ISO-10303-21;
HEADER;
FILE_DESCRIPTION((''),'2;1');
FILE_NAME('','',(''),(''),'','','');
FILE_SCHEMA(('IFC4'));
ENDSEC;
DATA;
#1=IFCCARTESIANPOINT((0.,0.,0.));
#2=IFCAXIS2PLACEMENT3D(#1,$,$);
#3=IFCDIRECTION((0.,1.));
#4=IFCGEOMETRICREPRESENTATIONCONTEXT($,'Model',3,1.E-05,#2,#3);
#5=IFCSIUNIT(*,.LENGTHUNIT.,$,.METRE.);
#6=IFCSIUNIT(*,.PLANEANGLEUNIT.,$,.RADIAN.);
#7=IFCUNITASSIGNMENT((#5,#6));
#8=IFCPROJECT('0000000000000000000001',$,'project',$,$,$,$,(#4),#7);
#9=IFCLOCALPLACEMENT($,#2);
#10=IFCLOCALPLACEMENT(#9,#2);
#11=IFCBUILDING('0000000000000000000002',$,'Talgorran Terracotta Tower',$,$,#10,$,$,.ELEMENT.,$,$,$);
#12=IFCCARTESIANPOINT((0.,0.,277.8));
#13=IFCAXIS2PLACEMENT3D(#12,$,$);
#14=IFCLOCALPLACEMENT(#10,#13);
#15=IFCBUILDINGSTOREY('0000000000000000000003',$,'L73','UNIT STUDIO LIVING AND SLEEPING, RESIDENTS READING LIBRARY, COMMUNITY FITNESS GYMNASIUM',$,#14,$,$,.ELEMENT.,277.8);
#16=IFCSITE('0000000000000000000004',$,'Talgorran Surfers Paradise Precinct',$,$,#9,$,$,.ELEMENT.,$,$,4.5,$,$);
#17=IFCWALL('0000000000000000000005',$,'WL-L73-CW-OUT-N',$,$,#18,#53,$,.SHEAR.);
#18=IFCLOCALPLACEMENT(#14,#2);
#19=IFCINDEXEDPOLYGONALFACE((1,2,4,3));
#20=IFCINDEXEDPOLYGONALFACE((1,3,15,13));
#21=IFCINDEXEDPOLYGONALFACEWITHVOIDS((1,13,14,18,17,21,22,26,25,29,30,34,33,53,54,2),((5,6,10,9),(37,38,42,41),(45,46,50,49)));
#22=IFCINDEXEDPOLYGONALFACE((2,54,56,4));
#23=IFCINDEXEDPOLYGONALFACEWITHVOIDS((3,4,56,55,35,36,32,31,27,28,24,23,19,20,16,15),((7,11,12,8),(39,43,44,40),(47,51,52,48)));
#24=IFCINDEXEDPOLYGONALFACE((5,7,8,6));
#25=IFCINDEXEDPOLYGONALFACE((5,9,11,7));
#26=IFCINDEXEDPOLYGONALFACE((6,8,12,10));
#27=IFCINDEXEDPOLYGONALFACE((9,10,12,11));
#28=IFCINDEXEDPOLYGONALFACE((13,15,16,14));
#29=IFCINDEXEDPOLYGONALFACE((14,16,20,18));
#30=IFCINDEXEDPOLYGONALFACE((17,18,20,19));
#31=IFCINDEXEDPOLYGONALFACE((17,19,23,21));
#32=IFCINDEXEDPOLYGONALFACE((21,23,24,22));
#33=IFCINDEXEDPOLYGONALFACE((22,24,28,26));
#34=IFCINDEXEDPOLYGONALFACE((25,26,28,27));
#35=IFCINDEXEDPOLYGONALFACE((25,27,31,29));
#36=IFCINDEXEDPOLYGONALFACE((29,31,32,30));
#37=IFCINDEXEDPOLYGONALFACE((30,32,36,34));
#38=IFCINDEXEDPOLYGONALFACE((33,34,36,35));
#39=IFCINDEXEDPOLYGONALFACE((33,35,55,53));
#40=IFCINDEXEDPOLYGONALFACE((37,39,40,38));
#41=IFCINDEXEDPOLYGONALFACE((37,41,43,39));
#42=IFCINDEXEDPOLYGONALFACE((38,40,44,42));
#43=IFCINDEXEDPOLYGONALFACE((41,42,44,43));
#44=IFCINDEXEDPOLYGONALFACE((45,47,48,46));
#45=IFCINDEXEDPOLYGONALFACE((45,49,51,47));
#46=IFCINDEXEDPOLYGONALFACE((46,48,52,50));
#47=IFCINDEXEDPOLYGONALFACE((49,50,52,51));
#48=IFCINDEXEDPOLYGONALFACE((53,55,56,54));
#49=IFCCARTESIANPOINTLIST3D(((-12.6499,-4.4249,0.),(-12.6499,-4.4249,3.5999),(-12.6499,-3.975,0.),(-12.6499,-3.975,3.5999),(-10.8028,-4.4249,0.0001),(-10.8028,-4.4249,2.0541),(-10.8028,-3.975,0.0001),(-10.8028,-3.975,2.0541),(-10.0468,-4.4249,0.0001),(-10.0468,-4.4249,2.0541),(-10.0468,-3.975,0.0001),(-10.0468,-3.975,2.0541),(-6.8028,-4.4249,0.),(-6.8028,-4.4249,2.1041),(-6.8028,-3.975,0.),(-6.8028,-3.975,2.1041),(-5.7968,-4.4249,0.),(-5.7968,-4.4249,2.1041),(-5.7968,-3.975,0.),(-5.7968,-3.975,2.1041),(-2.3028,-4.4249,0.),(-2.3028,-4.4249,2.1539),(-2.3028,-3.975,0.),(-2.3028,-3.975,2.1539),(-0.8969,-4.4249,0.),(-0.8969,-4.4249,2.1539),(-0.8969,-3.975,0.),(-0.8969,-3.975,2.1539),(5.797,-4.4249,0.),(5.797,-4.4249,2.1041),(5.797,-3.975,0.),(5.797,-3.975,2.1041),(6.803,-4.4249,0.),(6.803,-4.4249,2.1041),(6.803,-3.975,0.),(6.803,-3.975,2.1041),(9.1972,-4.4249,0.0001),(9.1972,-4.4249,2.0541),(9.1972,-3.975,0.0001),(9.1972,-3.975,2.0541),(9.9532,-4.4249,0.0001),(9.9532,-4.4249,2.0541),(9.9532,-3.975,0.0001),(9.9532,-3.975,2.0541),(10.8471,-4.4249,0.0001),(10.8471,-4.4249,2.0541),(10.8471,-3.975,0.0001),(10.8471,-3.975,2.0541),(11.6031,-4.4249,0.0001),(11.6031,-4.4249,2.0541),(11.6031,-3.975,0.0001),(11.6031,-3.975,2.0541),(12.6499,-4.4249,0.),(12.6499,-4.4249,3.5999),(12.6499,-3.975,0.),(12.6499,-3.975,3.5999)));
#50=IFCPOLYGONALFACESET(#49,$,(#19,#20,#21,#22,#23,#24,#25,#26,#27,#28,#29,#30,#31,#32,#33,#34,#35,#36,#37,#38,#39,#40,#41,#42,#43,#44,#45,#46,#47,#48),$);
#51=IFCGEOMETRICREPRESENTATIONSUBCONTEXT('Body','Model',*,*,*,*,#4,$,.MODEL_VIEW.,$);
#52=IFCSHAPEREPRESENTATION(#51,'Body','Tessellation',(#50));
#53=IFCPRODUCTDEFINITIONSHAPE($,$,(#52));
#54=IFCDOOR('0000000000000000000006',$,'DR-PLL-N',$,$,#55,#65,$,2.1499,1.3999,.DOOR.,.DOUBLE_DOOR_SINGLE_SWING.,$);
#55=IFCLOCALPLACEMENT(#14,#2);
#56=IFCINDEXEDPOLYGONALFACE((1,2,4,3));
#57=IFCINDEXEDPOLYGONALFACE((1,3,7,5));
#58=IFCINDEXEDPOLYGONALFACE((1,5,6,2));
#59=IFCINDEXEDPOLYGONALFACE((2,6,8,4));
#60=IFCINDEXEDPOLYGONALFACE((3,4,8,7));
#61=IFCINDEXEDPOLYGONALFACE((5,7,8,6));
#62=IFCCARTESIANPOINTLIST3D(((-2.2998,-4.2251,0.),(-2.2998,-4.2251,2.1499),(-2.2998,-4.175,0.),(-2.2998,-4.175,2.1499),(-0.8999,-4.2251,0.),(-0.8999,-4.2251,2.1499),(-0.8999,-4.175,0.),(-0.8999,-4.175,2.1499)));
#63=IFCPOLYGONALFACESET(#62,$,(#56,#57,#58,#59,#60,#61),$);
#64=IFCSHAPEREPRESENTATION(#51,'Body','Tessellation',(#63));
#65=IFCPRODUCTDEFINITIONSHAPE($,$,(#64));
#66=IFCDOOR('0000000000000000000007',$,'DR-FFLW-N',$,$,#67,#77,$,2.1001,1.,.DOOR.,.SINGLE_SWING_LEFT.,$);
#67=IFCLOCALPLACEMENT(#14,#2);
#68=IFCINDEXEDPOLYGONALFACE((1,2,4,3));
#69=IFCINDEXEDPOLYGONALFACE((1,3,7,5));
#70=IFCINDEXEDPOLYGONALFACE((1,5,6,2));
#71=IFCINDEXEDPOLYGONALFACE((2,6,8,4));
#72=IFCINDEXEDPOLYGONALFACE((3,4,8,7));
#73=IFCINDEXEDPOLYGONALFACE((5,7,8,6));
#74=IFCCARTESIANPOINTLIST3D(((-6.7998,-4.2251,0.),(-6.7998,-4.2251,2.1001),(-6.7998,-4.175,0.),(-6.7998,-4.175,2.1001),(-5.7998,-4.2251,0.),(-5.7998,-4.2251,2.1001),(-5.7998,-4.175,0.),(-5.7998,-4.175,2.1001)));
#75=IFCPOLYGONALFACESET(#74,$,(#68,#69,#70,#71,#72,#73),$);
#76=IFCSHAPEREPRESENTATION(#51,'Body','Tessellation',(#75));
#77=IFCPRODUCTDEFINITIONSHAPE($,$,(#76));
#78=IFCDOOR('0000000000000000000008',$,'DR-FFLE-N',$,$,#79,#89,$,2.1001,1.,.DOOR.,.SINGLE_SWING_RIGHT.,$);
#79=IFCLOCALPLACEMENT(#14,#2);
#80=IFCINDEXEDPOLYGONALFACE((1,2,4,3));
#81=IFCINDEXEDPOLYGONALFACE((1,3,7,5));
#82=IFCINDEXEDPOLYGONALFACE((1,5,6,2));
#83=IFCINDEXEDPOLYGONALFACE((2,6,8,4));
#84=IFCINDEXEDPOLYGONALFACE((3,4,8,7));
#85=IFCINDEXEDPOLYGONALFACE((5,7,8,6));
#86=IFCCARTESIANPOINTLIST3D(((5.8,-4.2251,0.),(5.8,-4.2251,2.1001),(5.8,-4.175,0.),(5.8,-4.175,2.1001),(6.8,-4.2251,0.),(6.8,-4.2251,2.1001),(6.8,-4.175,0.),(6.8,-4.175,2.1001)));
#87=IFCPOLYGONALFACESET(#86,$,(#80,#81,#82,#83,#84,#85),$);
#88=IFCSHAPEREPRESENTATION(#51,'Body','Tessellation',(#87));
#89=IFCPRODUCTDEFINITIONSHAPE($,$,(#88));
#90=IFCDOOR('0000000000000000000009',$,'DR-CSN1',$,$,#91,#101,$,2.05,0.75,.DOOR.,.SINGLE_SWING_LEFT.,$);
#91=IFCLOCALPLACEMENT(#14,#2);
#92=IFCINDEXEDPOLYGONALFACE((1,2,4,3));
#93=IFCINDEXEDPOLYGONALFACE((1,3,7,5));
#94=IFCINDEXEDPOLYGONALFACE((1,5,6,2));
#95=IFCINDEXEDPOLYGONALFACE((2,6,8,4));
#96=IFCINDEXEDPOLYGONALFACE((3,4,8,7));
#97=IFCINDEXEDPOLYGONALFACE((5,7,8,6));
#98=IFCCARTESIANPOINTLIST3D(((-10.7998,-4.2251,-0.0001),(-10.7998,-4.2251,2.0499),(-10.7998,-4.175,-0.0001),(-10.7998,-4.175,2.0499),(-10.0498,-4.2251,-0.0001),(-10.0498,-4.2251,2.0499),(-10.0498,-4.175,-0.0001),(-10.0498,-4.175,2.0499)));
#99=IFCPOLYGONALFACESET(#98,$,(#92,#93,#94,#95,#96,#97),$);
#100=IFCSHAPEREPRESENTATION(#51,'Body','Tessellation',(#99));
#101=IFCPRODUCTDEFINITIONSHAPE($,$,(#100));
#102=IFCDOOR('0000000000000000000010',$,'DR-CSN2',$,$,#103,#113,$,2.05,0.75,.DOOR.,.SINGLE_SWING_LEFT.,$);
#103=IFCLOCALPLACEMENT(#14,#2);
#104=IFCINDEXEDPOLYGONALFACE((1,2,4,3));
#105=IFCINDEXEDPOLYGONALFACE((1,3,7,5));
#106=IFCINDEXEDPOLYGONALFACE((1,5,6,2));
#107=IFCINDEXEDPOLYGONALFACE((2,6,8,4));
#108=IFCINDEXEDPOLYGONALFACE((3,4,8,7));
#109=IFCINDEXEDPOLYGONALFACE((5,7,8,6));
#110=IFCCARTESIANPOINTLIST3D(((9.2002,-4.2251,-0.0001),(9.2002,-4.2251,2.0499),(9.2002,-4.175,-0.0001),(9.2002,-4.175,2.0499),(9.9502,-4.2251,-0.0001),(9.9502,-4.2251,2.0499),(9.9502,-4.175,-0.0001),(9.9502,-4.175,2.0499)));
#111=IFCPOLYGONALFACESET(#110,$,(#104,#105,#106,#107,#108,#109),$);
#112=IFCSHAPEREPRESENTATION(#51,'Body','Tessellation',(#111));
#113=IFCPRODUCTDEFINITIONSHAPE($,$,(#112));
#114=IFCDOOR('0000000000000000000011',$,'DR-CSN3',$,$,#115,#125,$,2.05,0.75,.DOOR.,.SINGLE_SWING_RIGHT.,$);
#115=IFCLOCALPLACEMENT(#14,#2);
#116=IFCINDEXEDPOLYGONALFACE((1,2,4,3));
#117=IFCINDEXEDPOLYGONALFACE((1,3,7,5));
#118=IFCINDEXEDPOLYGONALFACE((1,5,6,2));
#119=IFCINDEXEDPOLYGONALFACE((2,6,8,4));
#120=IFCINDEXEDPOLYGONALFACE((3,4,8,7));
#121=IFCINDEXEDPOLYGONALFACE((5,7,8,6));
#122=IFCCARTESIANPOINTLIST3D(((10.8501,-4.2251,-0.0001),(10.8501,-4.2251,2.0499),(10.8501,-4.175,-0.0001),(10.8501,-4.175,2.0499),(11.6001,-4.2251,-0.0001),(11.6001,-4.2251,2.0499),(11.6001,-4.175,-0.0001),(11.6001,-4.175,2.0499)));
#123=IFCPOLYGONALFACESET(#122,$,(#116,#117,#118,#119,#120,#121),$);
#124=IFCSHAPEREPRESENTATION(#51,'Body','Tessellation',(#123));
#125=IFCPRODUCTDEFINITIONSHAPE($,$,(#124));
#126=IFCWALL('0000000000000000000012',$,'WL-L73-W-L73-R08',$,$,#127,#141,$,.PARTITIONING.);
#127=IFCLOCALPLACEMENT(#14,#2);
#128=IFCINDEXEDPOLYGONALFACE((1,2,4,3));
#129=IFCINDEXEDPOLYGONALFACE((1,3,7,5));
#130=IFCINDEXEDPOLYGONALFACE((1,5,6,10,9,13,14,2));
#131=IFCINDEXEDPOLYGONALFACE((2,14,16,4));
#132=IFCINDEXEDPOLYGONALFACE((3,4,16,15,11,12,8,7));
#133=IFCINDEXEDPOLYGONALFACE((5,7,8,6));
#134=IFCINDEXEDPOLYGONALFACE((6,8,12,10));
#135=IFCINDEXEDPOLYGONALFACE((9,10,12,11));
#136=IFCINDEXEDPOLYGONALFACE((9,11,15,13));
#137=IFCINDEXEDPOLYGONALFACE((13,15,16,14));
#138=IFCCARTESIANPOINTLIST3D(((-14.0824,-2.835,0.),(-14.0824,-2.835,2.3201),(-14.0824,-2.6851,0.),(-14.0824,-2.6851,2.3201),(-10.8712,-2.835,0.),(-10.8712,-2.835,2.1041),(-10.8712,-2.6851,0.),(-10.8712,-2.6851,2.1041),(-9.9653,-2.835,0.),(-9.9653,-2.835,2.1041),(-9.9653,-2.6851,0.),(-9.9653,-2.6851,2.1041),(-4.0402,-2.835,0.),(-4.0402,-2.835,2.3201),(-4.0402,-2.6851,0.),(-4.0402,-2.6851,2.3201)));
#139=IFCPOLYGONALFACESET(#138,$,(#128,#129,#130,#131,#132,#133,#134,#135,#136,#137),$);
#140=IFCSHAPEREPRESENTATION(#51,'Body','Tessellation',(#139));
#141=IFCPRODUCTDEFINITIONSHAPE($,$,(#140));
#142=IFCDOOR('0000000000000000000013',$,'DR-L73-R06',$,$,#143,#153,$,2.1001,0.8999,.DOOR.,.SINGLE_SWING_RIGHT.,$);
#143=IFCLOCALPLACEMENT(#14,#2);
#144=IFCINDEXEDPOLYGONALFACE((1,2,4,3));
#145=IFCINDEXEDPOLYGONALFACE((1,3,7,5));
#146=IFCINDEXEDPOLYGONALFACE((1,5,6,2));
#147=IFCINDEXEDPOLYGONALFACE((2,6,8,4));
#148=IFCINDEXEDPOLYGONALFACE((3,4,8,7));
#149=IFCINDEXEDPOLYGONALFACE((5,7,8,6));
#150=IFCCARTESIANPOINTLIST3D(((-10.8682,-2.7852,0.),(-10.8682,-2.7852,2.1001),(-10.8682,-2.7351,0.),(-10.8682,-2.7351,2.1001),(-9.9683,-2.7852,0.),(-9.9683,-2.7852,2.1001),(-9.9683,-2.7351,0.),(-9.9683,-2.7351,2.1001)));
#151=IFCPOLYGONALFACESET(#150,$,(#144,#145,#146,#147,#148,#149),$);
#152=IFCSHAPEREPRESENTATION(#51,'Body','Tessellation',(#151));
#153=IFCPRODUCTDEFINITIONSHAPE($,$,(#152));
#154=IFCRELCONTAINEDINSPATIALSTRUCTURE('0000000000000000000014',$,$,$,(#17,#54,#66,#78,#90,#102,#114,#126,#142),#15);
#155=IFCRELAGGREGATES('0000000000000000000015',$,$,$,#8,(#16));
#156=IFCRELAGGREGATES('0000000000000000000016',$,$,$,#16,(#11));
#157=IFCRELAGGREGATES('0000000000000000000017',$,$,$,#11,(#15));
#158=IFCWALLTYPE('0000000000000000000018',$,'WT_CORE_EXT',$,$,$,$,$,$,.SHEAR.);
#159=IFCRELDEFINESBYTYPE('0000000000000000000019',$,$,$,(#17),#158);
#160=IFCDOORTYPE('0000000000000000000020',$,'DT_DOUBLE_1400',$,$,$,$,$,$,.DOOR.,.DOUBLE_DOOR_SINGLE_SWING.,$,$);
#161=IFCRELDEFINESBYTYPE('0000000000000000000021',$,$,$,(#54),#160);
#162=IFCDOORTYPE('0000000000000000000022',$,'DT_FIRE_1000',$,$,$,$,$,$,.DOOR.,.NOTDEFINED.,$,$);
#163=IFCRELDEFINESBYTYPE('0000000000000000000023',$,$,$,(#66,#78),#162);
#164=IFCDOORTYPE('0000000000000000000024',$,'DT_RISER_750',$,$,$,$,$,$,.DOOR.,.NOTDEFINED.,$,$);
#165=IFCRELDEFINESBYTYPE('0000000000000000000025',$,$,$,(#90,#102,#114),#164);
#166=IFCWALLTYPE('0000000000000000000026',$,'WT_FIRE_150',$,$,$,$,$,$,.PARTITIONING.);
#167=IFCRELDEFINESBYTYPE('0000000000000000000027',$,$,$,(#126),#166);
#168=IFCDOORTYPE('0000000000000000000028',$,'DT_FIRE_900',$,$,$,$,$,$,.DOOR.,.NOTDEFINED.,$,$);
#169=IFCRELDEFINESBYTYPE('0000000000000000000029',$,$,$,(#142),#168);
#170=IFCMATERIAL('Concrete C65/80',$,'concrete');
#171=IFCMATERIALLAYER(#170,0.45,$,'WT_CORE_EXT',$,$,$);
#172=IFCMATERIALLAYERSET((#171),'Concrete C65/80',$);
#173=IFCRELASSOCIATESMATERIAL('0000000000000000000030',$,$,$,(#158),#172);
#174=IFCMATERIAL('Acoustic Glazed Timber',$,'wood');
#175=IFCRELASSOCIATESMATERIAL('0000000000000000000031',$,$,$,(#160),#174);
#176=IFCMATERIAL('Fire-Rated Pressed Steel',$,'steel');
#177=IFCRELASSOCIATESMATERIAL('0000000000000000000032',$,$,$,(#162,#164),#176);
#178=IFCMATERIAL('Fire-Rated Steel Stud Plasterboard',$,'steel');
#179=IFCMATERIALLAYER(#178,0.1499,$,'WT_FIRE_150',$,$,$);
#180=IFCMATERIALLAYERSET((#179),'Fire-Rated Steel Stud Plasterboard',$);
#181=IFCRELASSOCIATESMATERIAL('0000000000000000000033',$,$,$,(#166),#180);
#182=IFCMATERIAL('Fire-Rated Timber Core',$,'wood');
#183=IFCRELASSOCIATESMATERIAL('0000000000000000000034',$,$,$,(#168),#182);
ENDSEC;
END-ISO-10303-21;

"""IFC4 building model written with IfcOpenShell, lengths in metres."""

from ifc_helpers import new_model, si_unit, direction, frame, frame_2d, origin, place, context, subcontext, project, spatial, rectangle, extrude, material, layer, layer_set, type_object, element, fill, save


model = new_model("IFC4")

# Units and contexts
model_context = context("Model", 3, precision=1e-05, world=origin(), true_north=direction((0.0, 1.0)))
body_context = subcontext(model_context, "Body", "Model", "MODEL_VIEW")
ifc_project = project(units=[si_unit("LENGTHUNIT", "METRE"), si_unit("PLANEANGLEUNIT", "RADIAN")], contexts=[model_context])

# Site, building, storey
site_placement = place(None, origin())
site = spatial("IfcSite", under=ifc_project, at=site_placement, Name="Talgorran Surfers Paradise Precinct", CompositionType="ELEMENT", RefElevation=4.5)
building_placement = place(site_placement, origin())
building = spatial("IfcBuilding", under=site, at=building_placement, Name="Talgorran Terracotta Tower", CompositionType="ELEMENT")
storey_placement = place(building_placement, frame((0.0, 0.0, 277.8)))
storey = spatial("IfcBuildingStorey", under=building, at=storey_placement, Name="L73", Description="UNIT STUDIO LIVING AND SLEEPING, RESIDENTS READING LIBRARY, COMMUNITY FITNESS GYMNASIUM", CompositionType="ELEMENT", Elevation=277.8)

# Wall, openings, doors
ifc_material_1 = material(Name="Concrete C65/80", Category="concrete")
ifc_layer_1 = layer(ifc_material_1, 0.45, Name="WT_CORE_EXT")
ifc_layer_set_1 = layer_set([ifc_layer_1], Name="Concrete C65/80")
wall_type_1 = type_object("IfcWallType", Name="WT_CORE_EXT", PredefinedType="SHEAR", material=ifc_layer_set_1)
wall_1_placement = place(storey_placement, frame((-12.6499, -4.2, 0.0), z_axis=(0.0, 0.0, 1.0), x_axis=(1.0, 0.0, 0.0)))
wall_1 = element("IfcWall", 1, at=wall_1_placement, inside=storey, type_object=wall_type_1, Name="WL-L73-CW-OUT-N", PredefinedType="SHEAR", context=body_context, shape_type="SweptSolid", body=[
    extrude(rectangle(XDim=25.2998, YDim=0.45, at=frame_2d((12.6499, 0.0))), origin(), (0.0, 0.0, 1.0), 3.5999),
])
opening_1_placement = place(wall_1_placement, frame((1.8501, 0.0, 0.0)))
opening_1 = element("IfcOpeningElement", 2, at=opening_1_placement, cuts=wall_1, PredefinedType="OPENING", context=body_context, shape_type="SweptSolid", body=[
    extrude(rectangle(XDim=0.756, YDim=2.054, at=frame_2d((0.375, 1.0271))), frame((0.0, 0.2349, 0.0), z_axis=(0.0, -1.0, 0.0), x_axis=(1.0, 0.0, 0.0)), (0.0, 0.0, 1.0), 0.47),
])
opening_2_placement = place(wall_1_placement, frame((21.8501, 0.0, 0.0)))
opening_2 = element("IfcOpeningElement", 3, at=opening_2_placement, cuts=wall_1, PredefinedType="OPENING", context=body_context, shape_type="SweptSolid", body=[
    extrude(rectangle(XDim=0.756, YDim=2.054, at=frame_2d((0.375, 1.0271))), frame((0.0, 0.2349, 0.0), z_axis=(0.0, -1.0, 0.0), x_axis=(1.0, 0.0, 0.0)), (0.0, 0.0, 1.0), 0.47),
])
opening_3_placement = place(wall_1_placement, frame((23.5, 0.0, 0.0)))
opening_3 = element("IfcOpeningElement", 4, at=opening_3_placement, cuts=wall_1, PredefinedType="OPENING", context=body_context, shape_type="SweptSolid", body=[
    extrude(rectangle(XDim=0.756, YDim=2.054, at=frame_2d((0.375, 1.0271))), frame((0.0, 0.2349, 0.0), z_axis=(0.0, -1.0, 0.0), x_axis=(1.0, 0.0, 0.0)), (0.0, 0.0, 1.0), 0.47),
])
opening_4_placement = place(wall_1_placement, frame((5.8501, 0.0, 0.0)))
opening_4 = element("IfcOpeningElement", 5, at=opening_4_placement, cuts=wall_1, PredefinedType="OPENING", context=body_context, shape_type="SweptSolid", body=[
    extrude(rectangle(XDim=1.006, YDim=2.1041, at=frame_2d((0.5, 1.052))), frame((0.0, 0.2349, 0.0), z_axis=(0.0, -1.0, 0.0), x_axis=(1.0, 0.0, 0.0)), (0.0, 0.0, 1.0), 0.47),
])
opening_5_placement = place(wall_1_placement, frame((10.3501, 0.0, 0.0)))
opening_5 = element("IfcOpeningElement", 6, at=opening_5_placement, cuts=wall_1, PredefinedType="OPENING", context=body_context, shape_type="SweptSolid", body=[
    extrude(rectangle(XDim=1.4059, YDim=2.1539, at=frame_2d((0.7, 1.0769))), frame((0.0, 0.2349, 0.0), z_axis=(0.0, -1.0, 0.0), x_axis=(1.0, 0.0, 0.0)), (0.0, 0.0, 1.0), 0.47),
])
opening_6_placement = place(wall_1_placement, frame((18.45, 0.0, 0.0)))
opening_6 = element("IfcOpeningElement", 7, at=opening_6_placement, cuts=wall_1, PredefinedType="OPENING", context=body_context, shape_type="SweptSolid", body=[
    extrude(rectangle(XDim=1.006, YDim=2.1041, at=frame_2d((0.5, 1.052))), frame((0.0, 0.2349, 0.0), z_axis=(0.0, -1.0, 0.0), x_axis=(1.0, 0.0, 0.0)), (0.0, 0.0, 1.0), 0.47),
])
ifc_material_2 = material(Name="Acoustic Glazed Timber", Category="wood")
door_type_1 = type_object("IfcDoorType", Name="DT_DOUBLE_1400", OperationType="DOUBLE_DOOR_SINGLE_SWING", PredefinedType="DOOR", material=ifc_material_2)
door_1_placement = place(opening_5_placement, origin())
door_1 = element("IfcDoor", 8, at=door_1_placement, inside=storey, type_object=door_type_1, Name="DR-PLL-N", OperationType="DOUBLE_DOOR_SINGLE_SWING", OverallHeight=2.1499, OverallWidth=1.3999, PredefinedType="DOOR", context=body_context, shape_type="SweptSolid", body=[
    extrude(rectangle(XDim=1.3999, YDim=2.1499, at=frame_2d((0.7, 1.075))), frame((0.0, 0.0249, 0.0), z_axis=(0.0, -1.0, 0.0), x_axis=(1.0, 0.0, 0.0)), (0.0, 0.0, 1.0), 0.05),
])
fill(opening_5, door_1)
ifc_material_3 = material(Name="Fire-Rated Pressed Steel", Category="steel")
door_type_2 = type_object("IfcDoorType", Name="DT_FIRE_1000", OperationType="NOTDEFINED", PredefinedType="DOOR", material=ifc_material_3)
door_2_placement = place(opening_4_placement, origin())
door_2 = element("IfcDoor", 9, at=door_2_placement, inside=storey, type_object=door_type_2, Name="DR-FFLW-N", OperationType="SINGLE_SWING_LEFT", OverallHeight=2.1001, OverallWidth=1.0, PredefinedType="DOOR", context=body_context, shape_type="SweptSolid", body=[
    extrude(rectangle(XDim=1.0, YDim=2.1001, at=frame_2d((0.5, 1.05))), frame((0.0, 0.0249, 0.0), z_axis=(0.0, -1.0, 0.0), x_axis=(1.0, 0.0, 0.0)), (0.0, 0.0, 1.0), 0.05),
])
fill(opening_4, door_2)
door_3_placement = place(opening_6_placement, origin())
door_3 = element("IfcDoor", 10, at=door_3_placement, inside=storey, type_object=door_type_2, Name="DR-FFLE-N", OperationType="SINGLE_SWING_RIGHT", OverallHeight=2.1001, OverallWidth=1.0, PredefinedType="DOOR", context=body_context, shape_type="SweptSolid", body=[
    extrude(rectangle(XDim=1.0, YDim=2.1001, at=frame_2d((0.5, 1.05))), frame((0.0, 0.0249, 0.0), z_axis=(0.0, -1.0, 0.0), x_axis=(1.0, 0.0, 0.0)), (0.0, 0.0, 1.0), 0.05),
])
fill(opening_6, door_3)
door_type_3 = type_object("IfcDoorType", Name="DT_RISER_750", OperationType="NOTDEFINED", PredefinedType="DOOR", material=ifc_material_3)
door_4_placement = place(opening_1_placement, origin())
door_4 = element("IfcDoor", 11, at=door_4_placement, inside=storey, type_object=door_type_3, Name="DR-CSN1", OperationType="SINGLE_SWING_LEFT", OverallHeight=2.05, OverallWidth=0.75, PredefinedType="DOOR", context=body_context, shape_type="SweptSolid", body=[
    extrude(rectangle(XDim=0.75, YDim=2.05, at=frame_2d((0.375, 1.0249))), frame((0.0, 0.0249, 0.0), z_axis=(0.0, -1.0, 0.0), x_axis=(1.0, 0.0, 0.0)), (0.0, 0.0, 1.0), 0.05),
])
fill(opening_1, door_4)
door_5_placement = place(opening_2_placement, origin())
door_5 = element("IfcDoor", 12, at=door_5_placement, inside=storey, type_object=door_type_3, Name="DR-CSN2", OperationType="SINGLE_SWING_LEFT", OverallHeight=2.05, OverallWidth=0.75, PredefinedType="DOOR", context=body_context, shape_type="SweptSolid", body=[
    extrude(rectangle(XDim=0.75, YDim=2.05, at=frame_2d((0.375, 1.0249))), frame((0.0, 0.0249, 0.0), z_axis=(0.0, -1.0, 0.0), x_axis=(1.0, 0.0, 0.0)), (0.0, 0.0, 1.0), 0.05),
])
fill(opening_2, door_5)
door_6_placement = place(opening_3_placement, origin())
door_6 = element("IfcDoor", 13, at=door_6_placement, inside=storey, type_object=door_type_3, Name="DR-CSN3", OperationType="SINGLE_SWING_RIGHT", OverallHeight=2.05, OverallWidth=0.75, PredefinedType="DOOR", context=body_context, shape_type="SweptSolid", body=[
    extrude(rectangle(XDim=0.75, YDim=2.05, at=frame_2d((0.375, 1.0249))), frame((0.0, 0.0249, 0.0), z_axis=(0.0, -1.0, 0.0), x_axis=(1.0, 0.0, 0.0)), (0.0, 0.0, 1.0), 0.05),
])
fill(opening_3, door_6)

# Wall, opening, door
ifc_material_4 = material(Name="Fire-Rated Steel Stud Plasterboard", Category="steel")
ifc_layer_2 = layer(ifc_material_4, 0.1499, Name="WT_FIRE_150")
ifc_layer_set_2 = layer_set([ifc_layer_2], Name="Fire-Rated Steel Stud Plasterboard")
wall_type_2 = type_object("IfcWallType", Name="WT_FIRE_150", PredefinedType="PARTITIONING", material=ifc_layer_set_2)
wall_2_placement = place(storey_placement, frame((-14.0823, -2.76, 0.0), z_axis=(0.0, 0.0, 1.0), x_axis=(1.0, 0.0, 0.0)))
wall_2 = element("IfcWall", 14, at=wall_2_placement, inside=storey, type_object=wall_type_2, Name="WL-L73-W-L73-R08", PredefinedType="PARTITIONING", context=body_context, shape_type="SweptSolid", body=[
    extrude(rectangle(XDim=10.0422, YDim=0.1499, at=frame_2d((5.021, 0.0))), origin(), (0.0, 0.0, 1.0), 2.3201),
])
opening_7_placement = place(wall_2_placement, frame((3.2141, 0.0, 0.0)))
opening_7 = element("IfcOpeningElement", 15, at=opening_7_placement, cuts=wall_2, PredefinedType="OPENING", context=body_context, shape_type="SweptSolid", body=[
    extrude(rectangle(XDim=0.9059, YDim=2.1041, at=frame_2d((0.45, 1.052))), frame((0.0, 0.085, 0.0), z_axis=(0.0, -1.0, 0.0), x_axis=(1.0, 0.0, 0.0)), (0.0, 0.0, 1.0), 0.1699),
])
ifc_material_5 = material(Name="Fire-Rated Timber Core", Category="wood")
door_type_4 = type_object("IfcDoorType", Name="DT_FIRE_900", OperationType="NOTDEFINED", PredefinedType="DOOR", material=ifc_material_5)
door_7_placement = place(opening_7_placement, origin())
door_7 = element("IfcDoor", 16, at=door_7_placement, inside=storey, type_object=door_type_4, Name="DR-L73-R06", OperationType="SINGLE_SWING_RIGHT", OverallHeight=2.1001, OverallWidth=0.8999, PredefinedType="DOOR", context=body_context, shape_type="SweptSolid", body=[
    extrude(rectangle(XDim=0.8999, YDim=2.1001, at=frame_2d((0.45, 1.05))), frame((0.0, 0.0249, 0.0), z_axis=(0.0, -1.0, 0.0), x_axis=(1.0, 0.0, 0.0)), (0.0, 0.0, 1.0), 0.05),
])
fill(opening_7, door_7)

save(model, "model.ifc")
